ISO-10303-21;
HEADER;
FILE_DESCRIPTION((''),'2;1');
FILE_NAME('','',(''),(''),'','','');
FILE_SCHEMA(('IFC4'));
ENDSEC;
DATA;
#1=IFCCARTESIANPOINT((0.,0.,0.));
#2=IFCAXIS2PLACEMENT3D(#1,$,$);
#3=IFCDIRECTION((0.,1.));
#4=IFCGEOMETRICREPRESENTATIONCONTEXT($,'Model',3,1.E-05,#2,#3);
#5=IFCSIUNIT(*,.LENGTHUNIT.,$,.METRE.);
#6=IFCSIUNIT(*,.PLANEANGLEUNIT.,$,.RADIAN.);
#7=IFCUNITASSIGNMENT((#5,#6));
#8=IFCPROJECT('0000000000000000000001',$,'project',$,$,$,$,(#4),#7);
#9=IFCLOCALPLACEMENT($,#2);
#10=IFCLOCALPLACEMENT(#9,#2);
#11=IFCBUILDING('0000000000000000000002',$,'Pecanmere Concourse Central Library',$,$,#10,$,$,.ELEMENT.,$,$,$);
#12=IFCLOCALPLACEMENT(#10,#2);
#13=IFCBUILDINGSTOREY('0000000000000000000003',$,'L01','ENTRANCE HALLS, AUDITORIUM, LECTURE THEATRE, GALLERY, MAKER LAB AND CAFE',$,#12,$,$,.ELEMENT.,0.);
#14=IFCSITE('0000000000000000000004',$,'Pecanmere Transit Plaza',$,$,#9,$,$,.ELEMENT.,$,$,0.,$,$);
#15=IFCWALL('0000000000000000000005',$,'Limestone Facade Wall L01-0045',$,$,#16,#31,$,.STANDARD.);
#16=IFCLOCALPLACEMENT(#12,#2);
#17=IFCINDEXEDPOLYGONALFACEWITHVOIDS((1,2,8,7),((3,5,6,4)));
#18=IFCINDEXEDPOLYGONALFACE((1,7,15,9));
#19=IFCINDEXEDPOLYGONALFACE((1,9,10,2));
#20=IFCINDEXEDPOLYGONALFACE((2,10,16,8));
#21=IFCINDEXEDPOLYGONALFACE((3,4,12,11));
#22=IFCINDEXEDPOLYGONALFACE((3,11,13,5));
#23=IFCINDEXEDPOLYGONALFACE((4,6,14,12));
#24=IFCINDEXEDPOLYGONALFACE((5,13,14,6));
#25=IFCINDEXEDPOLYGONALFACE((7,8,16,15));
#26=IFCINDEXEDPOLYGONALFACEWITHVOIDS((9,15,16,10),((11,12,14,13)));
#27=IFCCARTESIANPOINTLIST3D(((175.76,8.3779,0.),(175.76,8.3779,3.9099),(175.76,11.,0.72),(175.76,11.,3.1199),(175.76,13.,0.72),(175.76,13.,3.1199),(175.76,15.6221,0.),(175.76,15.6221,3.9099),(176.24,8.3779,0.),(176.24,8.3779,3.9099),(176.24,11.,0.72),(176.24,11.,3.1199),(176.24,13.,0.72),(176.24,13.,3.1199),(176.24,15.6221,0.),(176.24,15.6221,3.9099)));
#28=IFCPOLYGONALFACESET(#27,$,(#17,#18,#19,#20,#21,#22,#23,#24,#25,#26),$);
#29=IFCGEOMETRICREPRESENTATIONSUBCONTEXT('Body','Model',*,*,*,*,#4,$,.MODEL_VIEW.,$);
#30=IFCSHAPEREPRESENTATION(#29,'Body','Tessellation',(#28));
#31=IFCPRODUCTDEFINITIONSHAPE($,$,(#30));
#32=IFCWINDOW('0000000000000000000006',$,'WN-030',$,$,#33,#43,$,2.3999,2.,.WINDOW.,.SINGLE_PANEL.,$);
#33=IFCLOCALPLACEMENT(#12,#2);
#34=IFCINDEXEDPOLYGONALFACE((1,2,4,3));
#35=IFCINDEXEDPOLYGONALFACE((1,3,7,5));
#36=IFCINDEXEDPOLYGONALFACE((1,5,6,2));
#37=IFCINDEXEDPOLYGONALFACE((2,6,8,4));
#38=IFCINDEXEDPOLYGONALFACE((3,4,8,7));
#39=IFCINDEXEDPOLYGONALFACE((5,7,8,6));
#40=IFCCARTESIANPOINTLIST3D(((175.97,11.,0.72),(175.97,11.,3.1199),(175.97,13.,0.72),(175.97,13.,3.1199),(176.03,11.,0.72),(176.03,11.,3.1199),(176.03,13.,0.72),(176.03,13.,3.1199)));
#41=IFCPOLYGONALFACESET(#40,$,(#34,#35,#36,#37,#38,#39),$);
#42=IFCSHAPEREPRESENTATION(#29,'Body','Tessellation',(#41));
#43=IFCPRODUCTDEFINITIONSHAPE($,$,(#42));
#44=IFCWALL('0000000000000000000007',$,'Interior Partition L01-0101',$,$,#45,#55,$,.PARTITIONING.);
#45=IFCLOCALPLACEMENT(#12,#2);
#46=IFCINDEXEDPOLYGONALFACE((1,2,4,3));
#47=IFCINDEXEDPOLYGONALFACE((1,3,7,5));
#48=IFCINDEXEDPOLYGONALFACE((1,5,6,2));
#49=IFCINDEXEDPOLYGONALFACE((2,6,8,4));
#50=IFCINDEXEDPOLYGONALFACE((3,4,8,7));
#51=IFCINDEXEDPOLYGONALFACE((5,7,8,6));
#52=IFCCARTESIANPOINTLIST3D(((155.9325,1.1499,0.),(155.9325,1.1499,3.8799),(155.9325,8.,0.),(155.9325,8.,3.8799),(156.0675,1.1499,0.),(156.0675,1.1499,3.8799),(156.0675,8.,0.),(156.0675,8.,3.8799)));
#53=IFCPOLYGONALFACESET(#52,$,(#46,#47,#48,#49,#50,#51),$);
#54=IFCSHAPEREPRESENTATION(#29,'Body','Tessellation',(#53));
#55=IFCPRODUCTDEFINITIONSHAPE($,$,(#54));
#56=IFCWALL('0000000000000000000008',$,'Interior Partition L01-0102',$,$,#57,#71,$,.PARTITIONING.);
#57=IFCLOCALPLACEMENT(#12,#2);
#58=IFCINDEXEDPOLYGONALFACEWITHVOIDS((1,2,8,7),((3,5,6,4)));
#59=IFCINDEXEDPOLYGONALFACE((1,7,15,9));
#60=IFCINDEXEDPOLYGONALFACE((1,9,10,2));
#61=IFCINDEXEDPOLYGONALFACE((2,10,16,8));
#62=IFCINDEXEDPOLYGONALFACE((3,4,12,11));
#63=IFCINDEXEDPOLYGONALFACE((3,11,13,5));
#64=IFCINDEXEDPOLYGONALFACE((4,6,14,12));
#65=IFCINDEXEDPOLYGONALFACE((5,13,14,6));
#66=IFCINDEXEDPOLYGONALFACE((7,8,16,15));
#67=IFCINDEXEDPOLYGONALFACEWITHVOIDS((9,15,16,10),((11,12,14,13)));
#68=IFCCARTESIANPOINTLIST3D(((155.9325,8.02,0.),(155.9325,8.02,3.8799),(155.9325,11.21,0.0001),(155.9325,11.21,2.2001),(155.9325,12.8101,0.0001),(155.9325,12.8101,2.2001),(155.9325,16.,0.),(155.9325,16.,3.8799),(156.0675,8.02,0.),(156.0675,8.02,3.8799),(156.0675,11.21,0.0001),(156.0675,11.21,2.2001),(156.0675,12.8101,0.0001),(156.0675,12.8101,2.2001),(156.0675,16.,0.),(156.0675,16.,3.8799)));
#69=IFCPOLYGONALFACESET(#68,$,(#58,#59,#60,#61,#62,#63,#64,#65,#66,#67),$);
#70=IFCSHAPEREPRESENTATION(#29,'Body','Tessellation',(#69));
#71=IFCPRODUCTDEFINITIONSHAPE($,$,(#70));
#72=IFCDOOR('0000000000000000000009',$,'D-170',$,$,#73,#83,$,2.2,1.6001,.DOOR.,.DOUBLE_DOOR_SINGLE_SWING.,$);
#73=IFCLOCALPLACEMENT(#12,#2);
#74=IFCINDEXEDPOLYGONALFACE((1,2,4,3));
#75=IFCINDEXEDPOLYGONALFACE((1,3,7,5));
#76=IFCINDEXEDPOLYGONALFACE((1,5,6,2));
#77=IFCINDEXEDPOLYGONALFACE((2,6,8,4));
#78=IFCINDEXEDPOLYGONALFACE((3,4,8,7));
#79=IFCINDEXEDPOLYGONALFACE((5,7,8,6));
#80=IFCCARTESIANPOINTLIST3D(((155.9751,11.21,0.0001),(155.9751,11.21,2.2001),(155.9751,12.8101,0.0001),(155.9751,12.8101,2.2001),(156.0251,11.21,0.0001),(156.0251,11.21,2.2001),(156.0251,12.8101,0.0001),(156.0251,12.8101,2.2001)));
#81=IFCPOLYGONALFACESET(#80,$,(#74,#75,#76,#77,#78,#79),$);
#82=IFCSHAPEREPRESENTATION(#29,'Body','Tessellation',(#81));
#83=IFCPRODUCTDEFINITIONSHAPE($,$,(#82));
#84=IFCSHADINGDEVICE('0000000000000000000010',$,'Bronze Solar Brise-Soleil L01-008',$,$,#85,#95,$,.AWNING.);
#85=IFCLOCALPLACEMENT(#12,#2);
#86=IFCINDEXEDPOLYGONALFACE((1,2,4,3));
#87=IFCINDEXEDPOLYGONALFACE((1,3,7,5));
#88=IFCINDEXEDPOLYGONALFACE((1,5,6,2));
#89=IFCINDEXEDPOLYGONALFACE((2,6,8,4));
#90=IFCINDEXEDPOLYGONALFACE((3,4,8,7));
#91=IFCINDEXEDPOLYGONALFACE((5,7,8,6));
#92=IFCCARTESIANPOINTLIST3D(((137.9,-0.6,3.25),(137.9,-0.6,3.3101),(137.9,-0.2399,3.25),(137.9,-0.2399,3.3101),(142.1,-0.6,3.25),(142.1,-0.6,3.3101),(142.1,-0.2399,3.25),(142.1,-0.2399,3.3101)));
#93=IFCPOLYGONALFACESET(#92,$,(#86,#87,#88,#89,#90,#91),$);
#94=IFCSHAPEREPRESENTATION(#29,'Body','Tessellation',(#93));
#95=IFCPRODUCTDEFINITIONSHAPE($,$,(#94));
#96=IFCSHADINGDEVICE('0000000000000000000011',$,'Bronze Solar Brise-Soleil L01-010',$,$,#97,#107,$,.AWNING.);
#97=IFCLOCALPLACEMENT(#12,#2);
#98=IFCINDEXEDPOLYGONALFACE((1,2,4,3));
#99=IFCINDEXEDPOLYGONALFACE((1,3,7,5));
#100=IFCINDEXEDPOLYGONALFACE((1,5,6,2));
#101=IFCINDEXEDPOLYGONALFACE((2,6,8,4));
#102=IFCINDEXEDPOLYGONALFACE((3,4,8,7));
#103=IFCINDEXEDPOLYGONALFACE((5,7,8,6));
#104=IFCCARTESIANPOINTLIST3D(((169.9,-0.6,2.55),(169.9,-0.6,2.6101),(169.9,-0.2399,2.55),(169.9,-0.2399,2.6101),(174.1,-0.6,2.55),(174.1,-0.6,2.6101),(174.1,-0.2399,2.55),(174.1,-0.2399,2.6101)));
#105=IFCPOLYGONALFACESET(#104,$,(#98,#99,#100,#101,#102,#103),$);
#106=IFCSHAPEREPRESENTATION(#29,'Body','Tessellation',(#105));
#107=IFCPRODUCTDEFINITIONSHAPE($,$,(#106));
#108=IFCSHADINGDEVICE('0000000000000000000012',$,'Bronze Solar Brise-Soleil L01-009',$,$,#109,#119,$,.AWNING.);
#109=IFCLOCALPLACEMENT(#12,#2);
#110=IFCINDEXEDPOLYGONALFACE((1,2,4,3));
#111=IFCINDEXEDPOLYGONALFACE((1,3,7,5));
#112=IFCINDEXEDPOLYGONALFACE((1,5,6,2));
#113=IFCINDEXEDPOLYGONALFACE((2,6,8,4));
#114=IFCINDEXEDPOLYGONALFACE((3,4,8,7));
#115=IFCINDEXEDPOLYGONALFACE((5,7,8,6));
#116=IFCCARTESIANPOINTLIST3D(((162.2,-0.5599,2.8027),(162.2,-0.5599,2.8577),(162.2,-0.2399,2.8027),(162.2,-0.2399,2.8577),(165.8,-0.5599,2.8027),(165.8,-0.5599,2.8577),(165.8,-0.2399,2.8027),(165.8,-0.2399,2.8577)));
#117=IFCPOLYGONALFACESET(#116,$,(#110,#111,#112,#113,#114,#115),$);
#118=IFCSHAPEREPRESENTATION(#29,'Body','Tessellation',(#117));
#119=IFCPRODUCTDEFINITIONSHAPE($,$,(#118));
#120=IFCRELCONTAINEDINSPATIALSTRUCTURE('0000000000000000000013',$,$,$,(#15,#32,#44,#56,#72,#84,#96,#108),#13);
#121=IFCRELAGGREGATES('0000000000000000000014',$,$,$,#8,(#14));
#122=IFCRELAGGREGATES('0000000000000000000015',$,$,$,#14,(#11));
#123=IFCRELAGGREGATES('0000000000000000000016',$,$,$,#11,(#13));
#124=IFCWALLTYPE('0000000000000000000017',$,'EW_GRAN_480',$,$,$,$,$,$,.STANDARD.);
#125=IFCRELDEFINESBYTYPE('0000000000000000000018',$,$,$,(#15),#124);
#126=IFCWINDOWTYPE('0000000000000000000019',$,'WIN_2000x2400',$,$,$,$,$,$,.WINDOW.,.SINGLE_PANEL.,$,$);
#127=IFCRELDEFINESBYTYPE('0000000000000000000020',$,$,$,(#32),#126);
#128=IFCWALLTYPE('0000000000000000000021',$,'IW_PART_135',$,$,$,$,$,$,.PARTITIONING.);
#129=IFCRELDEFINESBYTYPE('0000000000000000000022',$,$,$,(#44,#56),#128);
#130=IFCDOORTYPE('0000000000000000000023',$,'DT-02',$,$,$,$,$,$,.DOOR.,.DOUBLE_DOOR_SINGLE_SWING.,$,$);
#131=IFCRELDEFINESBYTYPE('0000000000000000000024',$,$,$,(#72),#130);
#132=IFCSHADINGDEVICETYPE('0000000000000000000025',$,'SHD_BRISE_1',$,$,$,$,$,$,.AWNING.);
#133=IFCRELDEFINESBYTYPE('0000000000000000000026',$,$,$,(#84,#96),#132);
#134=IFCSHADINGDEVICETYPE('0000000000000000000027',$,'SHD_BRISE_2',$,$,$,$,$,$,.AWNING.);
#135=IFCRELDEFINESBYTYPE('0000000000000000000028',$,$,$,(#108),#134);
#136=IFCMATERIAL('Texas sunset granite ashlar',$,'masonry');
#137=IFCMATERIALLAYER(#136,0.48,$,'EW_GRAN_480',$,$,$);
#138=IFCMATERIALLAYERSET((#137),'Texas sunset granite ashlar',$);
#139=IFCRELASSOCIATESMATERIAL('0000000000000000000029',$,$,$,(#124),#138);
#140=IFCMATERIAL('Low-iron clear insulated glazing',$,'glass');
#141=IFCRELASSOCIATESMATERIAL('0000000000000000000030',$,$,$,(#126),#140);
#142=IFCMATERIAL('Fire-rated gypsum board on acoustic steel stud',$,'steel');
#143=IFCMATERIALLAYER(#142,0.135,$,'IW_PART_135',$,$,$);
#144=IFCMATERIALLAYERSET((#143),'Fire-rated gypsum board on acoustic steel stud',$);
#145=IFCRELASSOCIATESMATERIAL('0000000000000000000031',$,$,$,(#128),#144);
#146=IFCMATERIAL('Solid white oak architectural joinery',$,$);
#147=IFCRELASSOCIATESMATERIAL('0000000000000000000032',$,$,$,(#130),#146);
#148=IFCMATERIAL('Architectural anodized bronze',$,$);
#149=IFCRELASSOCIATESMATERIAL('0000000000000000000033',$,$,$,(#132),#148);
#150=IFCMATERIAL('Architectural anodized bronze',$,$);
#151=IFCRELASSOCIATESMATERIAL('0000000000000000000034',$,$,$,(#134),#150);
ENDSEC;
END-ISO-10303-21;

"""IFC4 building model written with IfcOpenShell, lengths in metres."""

from ifc_helpers import new_model, si_unit, direction, frame, frame_2d, origin, origin_2d, place, context, subcontext, project, spatial, rectangle, extrude, material, layer, layer_set, type_object, element, fill, save


model = new_model("IFC4")

# Units and contexts
model_context = context("Model", 3, precision=1e-05, world=origin(), true_north=direction((0.0, 1.0)))
body_context = subcontext(model_context, "Body", "Model", "MODEL_VIEW")
ifc_project = project(units=[si_unit("LENGTHUNIT", "METRE"), si_unit("PLANEANGLEUNIT", "RADIAN")], contexts=[model_context])

# Site, building, storey
site_placement = place(None, origin())
site = spatial("IfcSite", under=ifc_project, at=site_placement, Name="Pecanmere Transit Plaza", CompositionType="ELEMENT", RefElevation=0.0)
building_placement = place(site_placement, origin())
building = spatial("IfcBuilding", under=site, at=building_placement, Name="Pecanmere Concourse Central Library", CompositionType="ELEMENT")
storey_placement = place(building_placement, origin())
storey = spatial("IfcBuildingStorey", under=building, at=storey_placement, Name="L01", Description="ENTRANCE HALLS, AUDITORIUM, LECTURE THEATRE, GALLERY, MAKER LAB AND CAFE", CompositionType="ELEMENT", Elevation=0.0)

# Shared definitions
ifc_material_1 = material(Name="Texas sunset granite ashlar", Category="masonry")
ifc_layer_1 = layer(ifc_material_1, 0.48, Name="EW_GRAN_480")
ifc_layer_set_1 = layer_set([ifc_layer_1], Name="Texas sunset granite ashlar")
wall_type_1 = type_object("IfcWallType", Name="EW_GRAN_480", PredefinedType="STANDARD", material=ifc_layer_set_1)

# Wall, opening, window
wall_1_placement = place(storey_placement, frame((176.0, 8.3779, 0.0), z_axis=(0.0, 0.0, 1.0), x_axis=(0.0, 1.0, 0.0)))
wall_1 = element("IfcWall", 1, at=wall_1_placement, inside=storey, type_object=wall_type_1, Name="Limestone Facade Wall L01-0045", PredefinedType="STANDARD", context=body_context, shape_type="SweptSolid", body=[
    extrude(rectangle(XDim=7.2441, YDim=0.48, at=frame_2d((3.6221, 0.0))), origin(), (0.0, 0.0, 1.0), 3.9099),
])
opening_1_placement = place(wall_1_placement, frame((2.6221, 0.0, 0.72)))
opening_1 = element("IfcOpeningElement", 2, at=opening_1_placement, cuts=wall_1, PredefinedType="OPENING", context=body_context, shape_type="SweptSolid", body=[
    extrude(rectangle(XDim=2.0, YDim=2.3999, at=frame_2d((1.0, 1.2))), frame((0.0, 0.252, 0.0), z_axis=(0.0, -1.0, 0.0), x_axis=(1.0, 0.0, 0.0)), (0.0, 0.0, 1.0), 0.5039),
])
ifc_material_2 = material(Name="Low-iron clear insulated glazing", Category="glass")
window_type_1 = type_object("IfcWindowType", Name="WIN_2000x2400", PartitioningType="SINGLE_PANEL", PredefinedType="WINDOW", material=ifc_material_2)
window_1_placement = place(opening_1_placement, origin())
window_1 = element("IfcWindow", 3, at=window_1_placement, inside=storey, type_object=window_type_1, Name="WN-030", OverallHeight=2.3999, OverallWidth=2.0, PartitioningType="SINGLE_PANEL", PredefinedType="WINDOW", context=body_context, shape_type="SweptSolid", body=[
    extrude(rectangle(XDim=2.0, YDim=2.3999, at=frame_2d((1.0, 1.2))), frame((0.0, 0.03, 0.0), z_axis=(0.0, -1.0, 0.0), x_axis=(1.0, 0.0, 0.0)), (0.0, 0.0, 1.0), 0.0601),
])
fill(opening_1, window_1)

# Wall
ifc_material_3 = material(Name="Fire-rated gypsum board on acoustic steel stud", Category="steel")
ifc_layer_2 = layer(ifc_material_3, 0.135, Name="IW_PART_135")
ifc_layer_set_2 = layer_set([ifc_layer_2], Name="Fire-rated gypsum board on acoustic steel stud")
wall_type_2 = type_object("IfcWallType", Name="IW_PART_135", PredefinedType="PARTITIONING", material=ifc_layer_set_2)
wall_2_placement = place(storey_placement, frame((156.0, 1.1499, 0.0), z_axis=(0.0, 0.0, 1.0), x_axis=(0.0, 1.0, 0.0)))
element("IfcWall", 4, at=wall_2_placement, inside=storey, type_object=wall_type_2, Name="Interior Partition L01-0101", PredefinedType="PARTITIONING", context=body_context, shape_type="SweptSolid", body=[
    extrude(rectangle(XDim=6.8501, YDim=0.135, at=frame_2d((3.425, 0.0))), origin(), (0.0, 0.0, 1.0), 3.8799),
])

# Wall, opening, door
wall_3_placement = place(storey_placement, frame((156.0, 8.02, 0.0), z_axis=(0.0, 0.0, 1.0), x_axis=(0.0, 1.0, 0.0)))
wall_3 = element("IfcWall", 5, at=wall_3_placement, inside=storey, type_object=wall_type_2, Name="Interior Partition L01-0102", PredefinedType="PARTITIONING", context=body_context, shape_type="SweptSolid", body=[
    extrude(rectangle(XDim=7.98, YDim=0.135, at=frame_2d((3.99, 0.0))), origin(), (0.0, 0.0, 1.0), 3.8799),
])
opening_2_placement = place(wall_3_placement, frame((3.1899, 0.0, 0.0)))
opening_2 = element("IfcOpeningElement", 6, at=opening_2_placement, cuts=wall_3, PredefinedType="OPENING", context=body_context, shape_type="SweptSolid", body=[
    extrude(rectangle(XDim=1.6001, YDim=2.2, at=frame_2d((0.8, 1.1001))), frame((0.0, 0.0796, 0.0), z_axis=(0.0, -1.0, 0.0), x_axis=(1.0, 0.0, 0.0)), (0.0, 0.0, 1.0), 0.1589),
])
ifc_material_4 = material(Name="Solid white oak architectural joinery")
door_type_1 = type_object("IfcDoorType", Name="DT-02", OperationType="DOUBLE_DOOR_SINGLE_SWING", PredefinedType="DOOR", material=ifc_material_4)
door_1_placement = place(opening_2_placement, origin())
door_1 = element("IfcDoor", 7, at=door_1_placement, inside=storey, type_object=door_type_1, Name="D-170", OperationType="DOUBLE_DOOR_SINGLE_SWING", OverallHeight=2.2, OverallWidth=1.6001, PredefinedType="DOOR", context=body_context, shape_type="SweptSolid", body=[
    extrude(rectangle(XDim=1.6001, YDim=2.2, at=frame_2d((0.8, 1.1001))), frame((0.0, 0.0249, 0.0), z_axis=(0.0, -1.0, 0.0), x_axis=(1.0, 0.0, 0.0)), (0.0, 0.0, 1.0), 0.05),
])
fill(opening_2, door_1)

# Shading devices
ifc_material_5 = material(Name="Architectural anodized bronze")
shading_device_type_1 = type_object("IfcShadingDeviceType", Name="SHD_BRISE_1", PredefinedType="AWNING", material=ifc_material_5)
for number, where, z_axis, x_axis, name in (
    (8, (140.0, -0.4199, 3.25), (0.0, 0.0, 1.0), (1.0, 0.0, 0.0), "Bronze Solar Brise-Soleil L01-008"),
    (9, (172.0, -0.4199, 2.55), (0.0, 0.0, 1.0), (1.0, 0.0, 0.0), "Bronze Solar Brise-Soleil L01-010"),
):
    element("IfcShadingDevice", number, at=place(storey_placement, frame(where, z_axis=z_axis, x_axis=x_axis)), inside=storey, type_object=shading_device_type_1, Name=name, PredefinedType="AWNING", context=body_context, shape_type="SweptSolid", body=[
        extrude(rectangle(XDim=4.2, YDim=0.3601, at=origin_2d()), origin(), (0.0, 0.0, 1.0), 0.0601),
    ])
ifc_material_6 = material(Name="Architectural anodized bronze")
shading_device_type_2 = type_object("IfcShadingDeviceType", Name="SHD_BRISE_2", PredefinedType="AWNING", material=ifc_material_6)
shading_device_placement = place(storey_placement, frame((164.0, -0.3999, 2.8027), z_axis=(0.0, 0.0, 1.0), x_axis=(1.0, 0.0, 0.0)))
element("IfcShadingDevice", 10, at=shading_device_placement, inside=storey, type_object=shading_device_type_2, Name="Bronze Solar Brise-Soleil L01-009", PredefinedType="AWNING", context=body_context, shape_type="SweptSolid", body=[
    extrude(rectangle(XDim=3.6001, YDim=0.3201, at=origin_2d()), origin(), (0.0, 0.0, 1.0), 0.0549),
])

save(model, "model.ifc")
